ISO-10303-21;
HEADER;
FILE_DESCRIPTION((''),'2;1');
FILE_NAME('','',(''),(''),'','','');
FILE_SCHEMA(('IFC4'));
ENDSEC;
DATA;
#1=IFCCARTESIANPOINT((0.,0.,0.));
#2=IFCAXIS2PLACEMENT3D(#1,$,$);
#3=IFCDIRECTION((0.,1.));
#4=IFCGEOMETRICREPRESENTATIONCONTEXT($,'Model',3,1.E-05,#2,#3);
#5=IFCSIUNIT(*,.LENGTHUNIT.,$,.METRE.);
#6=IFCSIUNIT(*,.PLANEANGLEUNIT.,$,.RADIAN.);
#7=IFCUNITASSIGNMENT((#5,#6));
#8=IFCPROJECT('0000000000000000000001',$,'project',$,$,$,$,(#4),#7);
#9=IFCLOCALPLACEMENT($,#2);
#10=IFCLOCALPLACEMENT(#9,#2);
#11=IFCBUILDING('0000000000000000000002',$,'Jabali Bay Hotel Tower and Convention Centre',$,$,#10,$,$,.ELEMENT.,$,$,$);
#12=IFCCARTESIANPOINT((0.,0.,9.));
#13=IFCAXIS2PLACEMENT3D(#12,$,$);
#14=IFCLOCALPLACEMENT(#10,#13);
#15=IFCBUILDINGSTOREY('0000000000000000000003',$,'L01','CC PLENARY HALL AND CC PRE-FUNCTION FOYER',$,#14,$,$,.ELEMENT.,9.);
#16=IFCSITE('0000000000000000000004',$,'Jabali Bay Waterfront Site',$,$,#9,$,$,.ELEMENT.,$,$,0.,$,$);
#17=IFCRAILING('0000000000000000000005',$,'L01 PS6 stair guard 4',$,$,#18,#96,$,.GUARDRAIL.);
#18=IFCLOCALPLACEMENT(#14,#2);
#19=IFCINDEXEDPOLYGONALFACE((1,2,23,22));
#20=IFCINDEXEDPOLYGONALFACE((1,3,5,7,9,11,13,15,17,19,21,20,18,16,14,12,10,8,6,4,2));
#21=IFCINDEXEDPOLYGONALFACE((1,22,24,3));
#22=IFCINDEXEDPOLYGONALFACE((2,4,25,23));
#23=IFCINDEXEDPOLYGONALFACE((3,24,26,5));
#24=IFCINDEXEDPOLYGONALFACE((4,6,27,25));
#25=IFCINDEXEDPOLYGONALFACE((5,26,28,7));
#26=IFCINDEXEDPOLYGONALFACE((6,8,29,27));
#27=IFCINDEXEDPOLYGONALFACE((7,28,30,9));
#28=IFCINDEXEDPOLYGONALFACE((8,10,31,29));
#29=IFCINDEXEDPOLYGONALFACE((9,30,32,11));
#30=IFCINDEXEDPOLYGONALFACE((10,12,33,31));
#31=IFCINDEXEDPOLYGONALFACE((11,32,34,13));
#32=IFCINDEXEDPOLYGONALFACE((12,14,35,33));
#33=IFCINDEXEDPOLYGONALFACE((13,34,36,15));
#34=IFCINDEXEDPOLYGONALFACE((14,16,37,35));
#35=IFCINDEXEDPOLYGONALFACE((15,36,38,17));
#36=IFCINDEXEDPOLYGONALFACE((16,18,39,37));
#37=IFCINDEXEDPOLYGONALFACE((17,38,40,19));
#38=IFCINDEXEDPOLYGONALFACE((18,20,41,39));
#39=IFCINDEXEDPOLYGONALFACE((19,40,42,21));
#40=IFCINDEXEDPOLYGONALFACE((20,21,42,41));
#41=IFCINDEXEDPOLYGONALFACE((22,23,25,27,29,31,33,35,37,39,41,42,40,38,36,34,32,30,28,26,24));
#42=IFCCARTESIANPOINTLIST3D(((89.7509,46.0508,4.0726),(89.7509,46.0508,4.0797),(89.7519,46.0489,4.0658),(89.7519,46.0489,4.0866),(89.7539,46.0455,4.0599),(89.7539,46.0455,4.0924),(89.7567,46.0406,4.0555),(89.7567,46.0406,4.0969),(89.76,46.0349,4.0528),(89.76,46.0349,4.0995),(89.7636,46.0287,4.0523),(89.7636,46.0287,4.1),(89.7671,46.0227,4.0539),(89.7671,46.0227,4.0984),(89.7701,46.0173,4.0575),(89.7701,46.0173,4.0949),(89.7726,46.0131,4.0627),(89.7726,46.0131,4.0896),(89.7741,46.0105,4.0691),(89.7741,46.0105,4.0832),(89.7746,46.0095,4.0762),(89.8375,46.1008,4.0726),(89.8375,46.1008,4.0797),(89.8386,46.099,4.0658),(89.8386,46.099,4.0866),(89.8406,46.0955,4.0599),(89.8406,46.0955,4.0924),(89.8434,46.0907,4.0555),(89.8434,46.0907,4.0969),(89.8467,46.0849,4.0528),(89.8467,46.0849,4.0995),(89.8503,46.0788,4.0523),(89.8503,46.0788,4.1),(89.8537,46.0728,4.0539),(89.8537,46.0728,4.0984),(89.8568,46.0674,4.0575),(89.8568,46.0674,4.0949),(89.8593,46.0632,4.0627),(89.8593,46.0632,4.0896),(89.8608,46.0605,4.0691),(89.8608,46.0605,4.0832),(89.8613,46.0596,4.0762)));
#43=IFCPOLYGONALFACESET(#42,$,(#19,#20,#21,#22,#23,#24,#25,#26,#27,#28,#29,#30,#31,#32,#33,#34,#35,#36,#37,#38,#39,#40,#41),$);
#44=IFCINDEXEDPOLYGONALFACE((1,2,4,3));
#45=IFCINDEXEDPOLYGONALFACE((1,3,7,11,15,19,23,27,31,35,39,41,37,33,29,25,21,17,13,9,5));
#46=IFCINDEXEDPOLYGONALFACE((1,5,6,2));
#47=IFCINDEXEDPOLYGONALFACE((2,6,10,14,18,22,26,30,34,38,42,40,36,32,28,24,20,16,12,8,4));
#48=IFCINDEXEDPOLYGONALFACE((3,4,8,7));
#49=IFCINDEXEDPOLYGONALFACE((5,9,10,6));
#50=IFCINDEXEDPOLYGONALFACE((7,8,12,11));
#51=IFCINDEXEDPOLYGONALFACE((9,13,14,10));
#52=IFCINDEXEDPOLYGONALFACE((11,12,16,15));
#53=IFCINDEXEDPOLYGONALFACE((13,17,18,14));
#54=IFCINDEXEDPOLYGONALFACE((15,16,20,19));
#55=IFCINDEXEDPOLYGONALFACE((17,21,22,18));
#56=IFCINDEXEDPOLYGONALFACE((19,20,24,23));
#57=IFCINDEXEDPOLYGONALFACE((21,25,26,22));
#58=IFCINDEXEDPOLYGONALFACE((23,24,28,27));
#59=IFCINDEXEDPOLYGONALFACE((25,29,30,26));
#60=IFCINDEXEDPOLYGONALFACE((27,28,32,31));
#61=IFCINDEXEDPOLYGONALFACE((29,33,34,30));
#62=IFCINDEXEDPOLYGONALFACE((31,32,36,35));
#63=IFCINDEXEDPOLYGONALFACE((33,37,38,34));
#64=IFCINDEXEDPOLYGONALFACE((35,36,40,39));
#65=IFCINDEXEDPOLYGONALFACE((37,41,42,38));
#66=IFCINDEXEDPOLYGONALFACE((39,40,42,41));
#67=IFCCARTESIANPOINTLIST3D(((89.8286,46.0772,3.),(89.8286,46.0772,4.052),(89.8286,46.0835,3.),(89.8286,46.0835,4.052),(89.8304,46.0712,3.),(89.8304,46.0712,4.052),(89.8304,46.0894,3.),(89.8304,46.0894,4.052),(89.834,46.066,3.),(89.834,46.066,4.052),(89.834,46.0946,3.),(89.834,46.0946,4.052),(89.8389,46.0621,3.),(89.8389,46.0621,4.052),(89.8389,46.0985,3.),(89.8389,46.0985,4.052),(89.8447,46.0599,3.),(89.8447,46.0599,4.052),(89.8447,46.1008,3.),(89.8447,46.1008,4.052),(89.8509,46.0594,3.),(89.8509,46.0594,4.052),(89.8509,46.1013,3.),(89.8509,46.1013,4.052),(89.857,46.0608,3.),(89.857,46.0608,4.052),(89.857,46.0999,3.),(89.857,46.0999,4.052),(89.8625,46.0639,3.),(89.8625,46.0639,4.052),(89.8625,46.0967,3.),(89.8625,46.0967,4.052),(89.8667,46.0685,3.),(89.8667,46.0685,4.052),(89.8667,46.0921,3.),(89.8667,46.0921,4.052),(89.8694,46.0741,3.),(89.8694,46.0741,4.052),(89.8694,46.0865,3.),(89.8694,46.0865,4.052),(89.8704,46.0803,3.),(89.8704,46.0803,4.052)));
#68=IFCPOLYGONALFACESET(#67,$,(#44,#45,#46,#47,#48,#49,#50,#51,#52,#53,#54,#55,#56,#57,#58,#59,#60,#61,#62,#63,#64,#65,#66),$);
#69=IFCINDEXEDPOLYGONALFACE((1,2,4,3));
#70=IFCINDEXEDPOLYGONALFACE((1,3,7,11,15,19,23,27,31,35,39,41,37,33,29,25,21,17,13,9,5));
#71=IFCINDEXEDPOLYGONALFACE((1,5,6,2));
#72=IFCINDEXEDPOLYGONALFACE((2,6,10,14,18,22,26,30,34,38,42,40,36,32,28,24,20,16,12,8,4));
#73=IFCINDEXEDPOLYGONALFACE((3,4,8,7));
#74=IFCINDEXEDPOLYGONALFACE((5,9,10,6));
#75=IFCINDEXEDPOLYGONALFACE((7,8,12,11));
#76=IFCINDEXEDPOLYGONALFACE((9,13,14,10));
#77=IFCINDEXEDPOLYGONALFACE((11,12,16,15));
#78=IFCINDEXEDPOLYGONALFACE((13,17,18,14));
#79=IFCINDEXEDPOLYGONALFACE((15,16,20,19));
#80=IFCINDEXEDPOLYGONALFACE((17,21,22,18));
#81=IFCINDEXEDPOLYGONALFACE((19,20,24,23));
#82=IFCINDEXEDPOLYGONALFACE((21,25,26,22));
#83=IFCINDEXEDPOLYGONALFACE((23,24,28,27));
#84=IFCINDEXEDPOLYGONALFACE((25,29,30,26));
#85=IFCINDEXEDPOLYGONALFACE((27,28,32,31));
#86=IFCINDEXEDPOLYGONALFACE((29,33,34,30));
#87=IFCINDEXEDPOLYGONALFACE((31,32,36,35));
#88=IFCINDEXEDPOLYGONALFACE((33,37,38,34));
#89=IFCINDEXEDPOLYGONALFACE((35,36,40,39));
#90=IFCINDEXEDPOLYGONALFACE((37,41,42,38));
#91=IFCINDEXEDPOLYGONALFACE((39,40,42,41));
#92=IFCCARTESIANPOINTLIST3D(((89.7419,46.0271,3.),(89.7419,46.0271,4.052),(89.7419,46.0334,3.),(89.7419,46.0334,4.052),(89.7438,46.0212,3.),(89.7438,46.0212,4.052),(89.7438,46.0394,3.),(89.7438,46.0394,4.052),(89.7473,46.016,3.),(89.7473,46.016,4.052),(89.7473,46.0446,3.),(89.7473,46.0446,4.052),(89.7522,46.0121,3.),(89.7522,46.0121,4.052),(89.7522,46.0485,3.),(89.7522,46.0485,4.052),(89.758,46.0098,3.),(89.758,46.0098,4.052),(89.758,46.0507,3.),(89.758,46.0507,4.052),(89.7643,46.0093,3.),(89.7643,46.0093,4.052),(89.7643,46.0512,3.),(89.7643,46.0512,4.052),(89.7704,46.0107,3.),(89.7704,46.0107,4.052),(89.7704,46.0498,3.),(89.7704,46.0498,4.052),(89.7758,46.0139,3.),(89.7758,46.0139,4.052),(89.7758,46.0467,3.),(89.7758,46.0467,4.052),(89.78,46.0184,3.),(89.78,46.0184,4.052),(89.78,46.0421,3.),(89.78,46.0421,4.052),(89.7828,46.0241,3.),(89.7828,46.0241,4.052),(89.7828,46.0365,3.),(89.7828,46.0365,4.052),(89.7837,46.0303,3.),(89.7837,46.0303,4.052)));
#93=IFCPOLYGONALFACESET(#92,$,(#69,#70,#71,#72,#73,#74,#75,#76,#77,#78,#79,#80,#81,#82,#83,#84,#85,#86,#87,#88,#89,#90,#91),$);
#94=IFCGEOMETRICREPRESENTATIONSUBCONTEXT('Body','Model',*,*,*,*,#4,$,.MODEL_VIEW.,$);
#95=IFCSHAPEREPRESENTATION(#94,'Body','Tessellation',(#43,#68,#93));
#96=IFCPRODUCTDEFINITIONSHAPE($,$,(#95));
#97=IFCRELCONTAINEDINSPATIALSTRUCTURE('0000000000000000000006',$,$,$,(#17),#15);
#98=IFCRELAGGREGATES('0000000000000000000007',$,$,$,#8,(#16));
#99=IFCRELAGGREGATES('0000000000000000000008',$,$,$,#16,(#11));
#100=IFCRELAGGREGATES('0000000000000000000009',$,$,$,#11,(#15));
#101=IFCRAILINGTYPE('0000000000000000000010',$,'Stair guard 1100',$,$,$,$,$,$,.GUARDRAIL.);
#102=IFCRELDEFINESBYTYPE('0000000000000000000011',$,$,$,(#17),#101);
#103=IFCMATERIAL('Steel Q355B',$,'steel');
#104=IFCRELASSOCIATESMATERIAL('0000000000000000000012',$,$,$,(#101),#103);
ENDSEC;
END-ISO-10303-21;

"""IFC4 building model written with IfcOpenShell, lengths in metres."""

from ifc_helpers import new_model, si_unit, direction, frame, origin, origin_2d, place, context, subcontext, project, spatial, circle, extrude, material, type_object, element, save


model = new_model("IFC4")

# Units and contexts
model_context = context("Model", 3, precision=1e-05, world=origin(), true_north=direction((0.0, 1.0)))
body_context = subcontext(model_context, "Body", "Model", "MODEL_VIEW")
ifc_project = project(units=[si_unit("LENGTHUNIT", "METRE"), si_unit("PLANEANGLEUNIT", "RADIAN")], contexts=[model_context])

# Site, building, storey
site_placement = place(None, origin())
site = spatial("IfcSite", under=ifc_project, at=site_placement, Name="Jabali Bay Waterfront Site", CompositionType="ELEMENT", RefElevation=0.0)
building_placement = place(site_placement, origin())
building = spatial("IfcBuilding", under=site, at=building_placement, Name="Jabali Bay Hotel Tower and Convention Centre", CompositionType="ELEMENT")
storey_placement = place(building_placement, frame((0.0, 0.0, 9.0)))
storey = spatial("IfcBuildingStorey", under=building, at=storey_placement, Name="L01", Description="CC PLENARY HALL AND CC PRE-FUNCTION FOYER", CompositionType="ELEMENT", Elevation=9.0)

# Railing
ifc_material_1 = material(Name="Steel Q355B", Category="steel")
railing_type_1 = type_object("IfcRailingType", Name="Stair guard 1100", PredefinedType="GUARDRAIL", material=ifc_material_1)
railing_1_placement = place(storey_placement, frame((89.8494, 46.0803, 3.0)))
element("IfcRailing", 1, at=railing_1_placement, inside=storey, type_object=railing_type_1, Name="L01 PS6 stair guard 4", PredefinedType="GUARDRAIL", context=body_context, shape_type="SweptSolid", body=[
    extrude(circle(Radius=0.0239, at=origin_2d()), frame((0.0, 0.0, 1.0762), z_axis=(-0.865982, -0.500074, 0.0), x_axis=(0.500074, -0.865982, 0.0)), (0.0, 0.0, 1.0), 0.1001),
    extrude(circle(Radius=0.021, at=origin_2d()), origin(), (0.0, 0.0, 1.0), 1.052),
    extrude(circle(Radius=0.021, at=origin_2d()), frame((-0.0867, -0.05, 0.0)), (0.0, 0.0, 1.0), 1.052),
])

save(model, "model.ifc")
